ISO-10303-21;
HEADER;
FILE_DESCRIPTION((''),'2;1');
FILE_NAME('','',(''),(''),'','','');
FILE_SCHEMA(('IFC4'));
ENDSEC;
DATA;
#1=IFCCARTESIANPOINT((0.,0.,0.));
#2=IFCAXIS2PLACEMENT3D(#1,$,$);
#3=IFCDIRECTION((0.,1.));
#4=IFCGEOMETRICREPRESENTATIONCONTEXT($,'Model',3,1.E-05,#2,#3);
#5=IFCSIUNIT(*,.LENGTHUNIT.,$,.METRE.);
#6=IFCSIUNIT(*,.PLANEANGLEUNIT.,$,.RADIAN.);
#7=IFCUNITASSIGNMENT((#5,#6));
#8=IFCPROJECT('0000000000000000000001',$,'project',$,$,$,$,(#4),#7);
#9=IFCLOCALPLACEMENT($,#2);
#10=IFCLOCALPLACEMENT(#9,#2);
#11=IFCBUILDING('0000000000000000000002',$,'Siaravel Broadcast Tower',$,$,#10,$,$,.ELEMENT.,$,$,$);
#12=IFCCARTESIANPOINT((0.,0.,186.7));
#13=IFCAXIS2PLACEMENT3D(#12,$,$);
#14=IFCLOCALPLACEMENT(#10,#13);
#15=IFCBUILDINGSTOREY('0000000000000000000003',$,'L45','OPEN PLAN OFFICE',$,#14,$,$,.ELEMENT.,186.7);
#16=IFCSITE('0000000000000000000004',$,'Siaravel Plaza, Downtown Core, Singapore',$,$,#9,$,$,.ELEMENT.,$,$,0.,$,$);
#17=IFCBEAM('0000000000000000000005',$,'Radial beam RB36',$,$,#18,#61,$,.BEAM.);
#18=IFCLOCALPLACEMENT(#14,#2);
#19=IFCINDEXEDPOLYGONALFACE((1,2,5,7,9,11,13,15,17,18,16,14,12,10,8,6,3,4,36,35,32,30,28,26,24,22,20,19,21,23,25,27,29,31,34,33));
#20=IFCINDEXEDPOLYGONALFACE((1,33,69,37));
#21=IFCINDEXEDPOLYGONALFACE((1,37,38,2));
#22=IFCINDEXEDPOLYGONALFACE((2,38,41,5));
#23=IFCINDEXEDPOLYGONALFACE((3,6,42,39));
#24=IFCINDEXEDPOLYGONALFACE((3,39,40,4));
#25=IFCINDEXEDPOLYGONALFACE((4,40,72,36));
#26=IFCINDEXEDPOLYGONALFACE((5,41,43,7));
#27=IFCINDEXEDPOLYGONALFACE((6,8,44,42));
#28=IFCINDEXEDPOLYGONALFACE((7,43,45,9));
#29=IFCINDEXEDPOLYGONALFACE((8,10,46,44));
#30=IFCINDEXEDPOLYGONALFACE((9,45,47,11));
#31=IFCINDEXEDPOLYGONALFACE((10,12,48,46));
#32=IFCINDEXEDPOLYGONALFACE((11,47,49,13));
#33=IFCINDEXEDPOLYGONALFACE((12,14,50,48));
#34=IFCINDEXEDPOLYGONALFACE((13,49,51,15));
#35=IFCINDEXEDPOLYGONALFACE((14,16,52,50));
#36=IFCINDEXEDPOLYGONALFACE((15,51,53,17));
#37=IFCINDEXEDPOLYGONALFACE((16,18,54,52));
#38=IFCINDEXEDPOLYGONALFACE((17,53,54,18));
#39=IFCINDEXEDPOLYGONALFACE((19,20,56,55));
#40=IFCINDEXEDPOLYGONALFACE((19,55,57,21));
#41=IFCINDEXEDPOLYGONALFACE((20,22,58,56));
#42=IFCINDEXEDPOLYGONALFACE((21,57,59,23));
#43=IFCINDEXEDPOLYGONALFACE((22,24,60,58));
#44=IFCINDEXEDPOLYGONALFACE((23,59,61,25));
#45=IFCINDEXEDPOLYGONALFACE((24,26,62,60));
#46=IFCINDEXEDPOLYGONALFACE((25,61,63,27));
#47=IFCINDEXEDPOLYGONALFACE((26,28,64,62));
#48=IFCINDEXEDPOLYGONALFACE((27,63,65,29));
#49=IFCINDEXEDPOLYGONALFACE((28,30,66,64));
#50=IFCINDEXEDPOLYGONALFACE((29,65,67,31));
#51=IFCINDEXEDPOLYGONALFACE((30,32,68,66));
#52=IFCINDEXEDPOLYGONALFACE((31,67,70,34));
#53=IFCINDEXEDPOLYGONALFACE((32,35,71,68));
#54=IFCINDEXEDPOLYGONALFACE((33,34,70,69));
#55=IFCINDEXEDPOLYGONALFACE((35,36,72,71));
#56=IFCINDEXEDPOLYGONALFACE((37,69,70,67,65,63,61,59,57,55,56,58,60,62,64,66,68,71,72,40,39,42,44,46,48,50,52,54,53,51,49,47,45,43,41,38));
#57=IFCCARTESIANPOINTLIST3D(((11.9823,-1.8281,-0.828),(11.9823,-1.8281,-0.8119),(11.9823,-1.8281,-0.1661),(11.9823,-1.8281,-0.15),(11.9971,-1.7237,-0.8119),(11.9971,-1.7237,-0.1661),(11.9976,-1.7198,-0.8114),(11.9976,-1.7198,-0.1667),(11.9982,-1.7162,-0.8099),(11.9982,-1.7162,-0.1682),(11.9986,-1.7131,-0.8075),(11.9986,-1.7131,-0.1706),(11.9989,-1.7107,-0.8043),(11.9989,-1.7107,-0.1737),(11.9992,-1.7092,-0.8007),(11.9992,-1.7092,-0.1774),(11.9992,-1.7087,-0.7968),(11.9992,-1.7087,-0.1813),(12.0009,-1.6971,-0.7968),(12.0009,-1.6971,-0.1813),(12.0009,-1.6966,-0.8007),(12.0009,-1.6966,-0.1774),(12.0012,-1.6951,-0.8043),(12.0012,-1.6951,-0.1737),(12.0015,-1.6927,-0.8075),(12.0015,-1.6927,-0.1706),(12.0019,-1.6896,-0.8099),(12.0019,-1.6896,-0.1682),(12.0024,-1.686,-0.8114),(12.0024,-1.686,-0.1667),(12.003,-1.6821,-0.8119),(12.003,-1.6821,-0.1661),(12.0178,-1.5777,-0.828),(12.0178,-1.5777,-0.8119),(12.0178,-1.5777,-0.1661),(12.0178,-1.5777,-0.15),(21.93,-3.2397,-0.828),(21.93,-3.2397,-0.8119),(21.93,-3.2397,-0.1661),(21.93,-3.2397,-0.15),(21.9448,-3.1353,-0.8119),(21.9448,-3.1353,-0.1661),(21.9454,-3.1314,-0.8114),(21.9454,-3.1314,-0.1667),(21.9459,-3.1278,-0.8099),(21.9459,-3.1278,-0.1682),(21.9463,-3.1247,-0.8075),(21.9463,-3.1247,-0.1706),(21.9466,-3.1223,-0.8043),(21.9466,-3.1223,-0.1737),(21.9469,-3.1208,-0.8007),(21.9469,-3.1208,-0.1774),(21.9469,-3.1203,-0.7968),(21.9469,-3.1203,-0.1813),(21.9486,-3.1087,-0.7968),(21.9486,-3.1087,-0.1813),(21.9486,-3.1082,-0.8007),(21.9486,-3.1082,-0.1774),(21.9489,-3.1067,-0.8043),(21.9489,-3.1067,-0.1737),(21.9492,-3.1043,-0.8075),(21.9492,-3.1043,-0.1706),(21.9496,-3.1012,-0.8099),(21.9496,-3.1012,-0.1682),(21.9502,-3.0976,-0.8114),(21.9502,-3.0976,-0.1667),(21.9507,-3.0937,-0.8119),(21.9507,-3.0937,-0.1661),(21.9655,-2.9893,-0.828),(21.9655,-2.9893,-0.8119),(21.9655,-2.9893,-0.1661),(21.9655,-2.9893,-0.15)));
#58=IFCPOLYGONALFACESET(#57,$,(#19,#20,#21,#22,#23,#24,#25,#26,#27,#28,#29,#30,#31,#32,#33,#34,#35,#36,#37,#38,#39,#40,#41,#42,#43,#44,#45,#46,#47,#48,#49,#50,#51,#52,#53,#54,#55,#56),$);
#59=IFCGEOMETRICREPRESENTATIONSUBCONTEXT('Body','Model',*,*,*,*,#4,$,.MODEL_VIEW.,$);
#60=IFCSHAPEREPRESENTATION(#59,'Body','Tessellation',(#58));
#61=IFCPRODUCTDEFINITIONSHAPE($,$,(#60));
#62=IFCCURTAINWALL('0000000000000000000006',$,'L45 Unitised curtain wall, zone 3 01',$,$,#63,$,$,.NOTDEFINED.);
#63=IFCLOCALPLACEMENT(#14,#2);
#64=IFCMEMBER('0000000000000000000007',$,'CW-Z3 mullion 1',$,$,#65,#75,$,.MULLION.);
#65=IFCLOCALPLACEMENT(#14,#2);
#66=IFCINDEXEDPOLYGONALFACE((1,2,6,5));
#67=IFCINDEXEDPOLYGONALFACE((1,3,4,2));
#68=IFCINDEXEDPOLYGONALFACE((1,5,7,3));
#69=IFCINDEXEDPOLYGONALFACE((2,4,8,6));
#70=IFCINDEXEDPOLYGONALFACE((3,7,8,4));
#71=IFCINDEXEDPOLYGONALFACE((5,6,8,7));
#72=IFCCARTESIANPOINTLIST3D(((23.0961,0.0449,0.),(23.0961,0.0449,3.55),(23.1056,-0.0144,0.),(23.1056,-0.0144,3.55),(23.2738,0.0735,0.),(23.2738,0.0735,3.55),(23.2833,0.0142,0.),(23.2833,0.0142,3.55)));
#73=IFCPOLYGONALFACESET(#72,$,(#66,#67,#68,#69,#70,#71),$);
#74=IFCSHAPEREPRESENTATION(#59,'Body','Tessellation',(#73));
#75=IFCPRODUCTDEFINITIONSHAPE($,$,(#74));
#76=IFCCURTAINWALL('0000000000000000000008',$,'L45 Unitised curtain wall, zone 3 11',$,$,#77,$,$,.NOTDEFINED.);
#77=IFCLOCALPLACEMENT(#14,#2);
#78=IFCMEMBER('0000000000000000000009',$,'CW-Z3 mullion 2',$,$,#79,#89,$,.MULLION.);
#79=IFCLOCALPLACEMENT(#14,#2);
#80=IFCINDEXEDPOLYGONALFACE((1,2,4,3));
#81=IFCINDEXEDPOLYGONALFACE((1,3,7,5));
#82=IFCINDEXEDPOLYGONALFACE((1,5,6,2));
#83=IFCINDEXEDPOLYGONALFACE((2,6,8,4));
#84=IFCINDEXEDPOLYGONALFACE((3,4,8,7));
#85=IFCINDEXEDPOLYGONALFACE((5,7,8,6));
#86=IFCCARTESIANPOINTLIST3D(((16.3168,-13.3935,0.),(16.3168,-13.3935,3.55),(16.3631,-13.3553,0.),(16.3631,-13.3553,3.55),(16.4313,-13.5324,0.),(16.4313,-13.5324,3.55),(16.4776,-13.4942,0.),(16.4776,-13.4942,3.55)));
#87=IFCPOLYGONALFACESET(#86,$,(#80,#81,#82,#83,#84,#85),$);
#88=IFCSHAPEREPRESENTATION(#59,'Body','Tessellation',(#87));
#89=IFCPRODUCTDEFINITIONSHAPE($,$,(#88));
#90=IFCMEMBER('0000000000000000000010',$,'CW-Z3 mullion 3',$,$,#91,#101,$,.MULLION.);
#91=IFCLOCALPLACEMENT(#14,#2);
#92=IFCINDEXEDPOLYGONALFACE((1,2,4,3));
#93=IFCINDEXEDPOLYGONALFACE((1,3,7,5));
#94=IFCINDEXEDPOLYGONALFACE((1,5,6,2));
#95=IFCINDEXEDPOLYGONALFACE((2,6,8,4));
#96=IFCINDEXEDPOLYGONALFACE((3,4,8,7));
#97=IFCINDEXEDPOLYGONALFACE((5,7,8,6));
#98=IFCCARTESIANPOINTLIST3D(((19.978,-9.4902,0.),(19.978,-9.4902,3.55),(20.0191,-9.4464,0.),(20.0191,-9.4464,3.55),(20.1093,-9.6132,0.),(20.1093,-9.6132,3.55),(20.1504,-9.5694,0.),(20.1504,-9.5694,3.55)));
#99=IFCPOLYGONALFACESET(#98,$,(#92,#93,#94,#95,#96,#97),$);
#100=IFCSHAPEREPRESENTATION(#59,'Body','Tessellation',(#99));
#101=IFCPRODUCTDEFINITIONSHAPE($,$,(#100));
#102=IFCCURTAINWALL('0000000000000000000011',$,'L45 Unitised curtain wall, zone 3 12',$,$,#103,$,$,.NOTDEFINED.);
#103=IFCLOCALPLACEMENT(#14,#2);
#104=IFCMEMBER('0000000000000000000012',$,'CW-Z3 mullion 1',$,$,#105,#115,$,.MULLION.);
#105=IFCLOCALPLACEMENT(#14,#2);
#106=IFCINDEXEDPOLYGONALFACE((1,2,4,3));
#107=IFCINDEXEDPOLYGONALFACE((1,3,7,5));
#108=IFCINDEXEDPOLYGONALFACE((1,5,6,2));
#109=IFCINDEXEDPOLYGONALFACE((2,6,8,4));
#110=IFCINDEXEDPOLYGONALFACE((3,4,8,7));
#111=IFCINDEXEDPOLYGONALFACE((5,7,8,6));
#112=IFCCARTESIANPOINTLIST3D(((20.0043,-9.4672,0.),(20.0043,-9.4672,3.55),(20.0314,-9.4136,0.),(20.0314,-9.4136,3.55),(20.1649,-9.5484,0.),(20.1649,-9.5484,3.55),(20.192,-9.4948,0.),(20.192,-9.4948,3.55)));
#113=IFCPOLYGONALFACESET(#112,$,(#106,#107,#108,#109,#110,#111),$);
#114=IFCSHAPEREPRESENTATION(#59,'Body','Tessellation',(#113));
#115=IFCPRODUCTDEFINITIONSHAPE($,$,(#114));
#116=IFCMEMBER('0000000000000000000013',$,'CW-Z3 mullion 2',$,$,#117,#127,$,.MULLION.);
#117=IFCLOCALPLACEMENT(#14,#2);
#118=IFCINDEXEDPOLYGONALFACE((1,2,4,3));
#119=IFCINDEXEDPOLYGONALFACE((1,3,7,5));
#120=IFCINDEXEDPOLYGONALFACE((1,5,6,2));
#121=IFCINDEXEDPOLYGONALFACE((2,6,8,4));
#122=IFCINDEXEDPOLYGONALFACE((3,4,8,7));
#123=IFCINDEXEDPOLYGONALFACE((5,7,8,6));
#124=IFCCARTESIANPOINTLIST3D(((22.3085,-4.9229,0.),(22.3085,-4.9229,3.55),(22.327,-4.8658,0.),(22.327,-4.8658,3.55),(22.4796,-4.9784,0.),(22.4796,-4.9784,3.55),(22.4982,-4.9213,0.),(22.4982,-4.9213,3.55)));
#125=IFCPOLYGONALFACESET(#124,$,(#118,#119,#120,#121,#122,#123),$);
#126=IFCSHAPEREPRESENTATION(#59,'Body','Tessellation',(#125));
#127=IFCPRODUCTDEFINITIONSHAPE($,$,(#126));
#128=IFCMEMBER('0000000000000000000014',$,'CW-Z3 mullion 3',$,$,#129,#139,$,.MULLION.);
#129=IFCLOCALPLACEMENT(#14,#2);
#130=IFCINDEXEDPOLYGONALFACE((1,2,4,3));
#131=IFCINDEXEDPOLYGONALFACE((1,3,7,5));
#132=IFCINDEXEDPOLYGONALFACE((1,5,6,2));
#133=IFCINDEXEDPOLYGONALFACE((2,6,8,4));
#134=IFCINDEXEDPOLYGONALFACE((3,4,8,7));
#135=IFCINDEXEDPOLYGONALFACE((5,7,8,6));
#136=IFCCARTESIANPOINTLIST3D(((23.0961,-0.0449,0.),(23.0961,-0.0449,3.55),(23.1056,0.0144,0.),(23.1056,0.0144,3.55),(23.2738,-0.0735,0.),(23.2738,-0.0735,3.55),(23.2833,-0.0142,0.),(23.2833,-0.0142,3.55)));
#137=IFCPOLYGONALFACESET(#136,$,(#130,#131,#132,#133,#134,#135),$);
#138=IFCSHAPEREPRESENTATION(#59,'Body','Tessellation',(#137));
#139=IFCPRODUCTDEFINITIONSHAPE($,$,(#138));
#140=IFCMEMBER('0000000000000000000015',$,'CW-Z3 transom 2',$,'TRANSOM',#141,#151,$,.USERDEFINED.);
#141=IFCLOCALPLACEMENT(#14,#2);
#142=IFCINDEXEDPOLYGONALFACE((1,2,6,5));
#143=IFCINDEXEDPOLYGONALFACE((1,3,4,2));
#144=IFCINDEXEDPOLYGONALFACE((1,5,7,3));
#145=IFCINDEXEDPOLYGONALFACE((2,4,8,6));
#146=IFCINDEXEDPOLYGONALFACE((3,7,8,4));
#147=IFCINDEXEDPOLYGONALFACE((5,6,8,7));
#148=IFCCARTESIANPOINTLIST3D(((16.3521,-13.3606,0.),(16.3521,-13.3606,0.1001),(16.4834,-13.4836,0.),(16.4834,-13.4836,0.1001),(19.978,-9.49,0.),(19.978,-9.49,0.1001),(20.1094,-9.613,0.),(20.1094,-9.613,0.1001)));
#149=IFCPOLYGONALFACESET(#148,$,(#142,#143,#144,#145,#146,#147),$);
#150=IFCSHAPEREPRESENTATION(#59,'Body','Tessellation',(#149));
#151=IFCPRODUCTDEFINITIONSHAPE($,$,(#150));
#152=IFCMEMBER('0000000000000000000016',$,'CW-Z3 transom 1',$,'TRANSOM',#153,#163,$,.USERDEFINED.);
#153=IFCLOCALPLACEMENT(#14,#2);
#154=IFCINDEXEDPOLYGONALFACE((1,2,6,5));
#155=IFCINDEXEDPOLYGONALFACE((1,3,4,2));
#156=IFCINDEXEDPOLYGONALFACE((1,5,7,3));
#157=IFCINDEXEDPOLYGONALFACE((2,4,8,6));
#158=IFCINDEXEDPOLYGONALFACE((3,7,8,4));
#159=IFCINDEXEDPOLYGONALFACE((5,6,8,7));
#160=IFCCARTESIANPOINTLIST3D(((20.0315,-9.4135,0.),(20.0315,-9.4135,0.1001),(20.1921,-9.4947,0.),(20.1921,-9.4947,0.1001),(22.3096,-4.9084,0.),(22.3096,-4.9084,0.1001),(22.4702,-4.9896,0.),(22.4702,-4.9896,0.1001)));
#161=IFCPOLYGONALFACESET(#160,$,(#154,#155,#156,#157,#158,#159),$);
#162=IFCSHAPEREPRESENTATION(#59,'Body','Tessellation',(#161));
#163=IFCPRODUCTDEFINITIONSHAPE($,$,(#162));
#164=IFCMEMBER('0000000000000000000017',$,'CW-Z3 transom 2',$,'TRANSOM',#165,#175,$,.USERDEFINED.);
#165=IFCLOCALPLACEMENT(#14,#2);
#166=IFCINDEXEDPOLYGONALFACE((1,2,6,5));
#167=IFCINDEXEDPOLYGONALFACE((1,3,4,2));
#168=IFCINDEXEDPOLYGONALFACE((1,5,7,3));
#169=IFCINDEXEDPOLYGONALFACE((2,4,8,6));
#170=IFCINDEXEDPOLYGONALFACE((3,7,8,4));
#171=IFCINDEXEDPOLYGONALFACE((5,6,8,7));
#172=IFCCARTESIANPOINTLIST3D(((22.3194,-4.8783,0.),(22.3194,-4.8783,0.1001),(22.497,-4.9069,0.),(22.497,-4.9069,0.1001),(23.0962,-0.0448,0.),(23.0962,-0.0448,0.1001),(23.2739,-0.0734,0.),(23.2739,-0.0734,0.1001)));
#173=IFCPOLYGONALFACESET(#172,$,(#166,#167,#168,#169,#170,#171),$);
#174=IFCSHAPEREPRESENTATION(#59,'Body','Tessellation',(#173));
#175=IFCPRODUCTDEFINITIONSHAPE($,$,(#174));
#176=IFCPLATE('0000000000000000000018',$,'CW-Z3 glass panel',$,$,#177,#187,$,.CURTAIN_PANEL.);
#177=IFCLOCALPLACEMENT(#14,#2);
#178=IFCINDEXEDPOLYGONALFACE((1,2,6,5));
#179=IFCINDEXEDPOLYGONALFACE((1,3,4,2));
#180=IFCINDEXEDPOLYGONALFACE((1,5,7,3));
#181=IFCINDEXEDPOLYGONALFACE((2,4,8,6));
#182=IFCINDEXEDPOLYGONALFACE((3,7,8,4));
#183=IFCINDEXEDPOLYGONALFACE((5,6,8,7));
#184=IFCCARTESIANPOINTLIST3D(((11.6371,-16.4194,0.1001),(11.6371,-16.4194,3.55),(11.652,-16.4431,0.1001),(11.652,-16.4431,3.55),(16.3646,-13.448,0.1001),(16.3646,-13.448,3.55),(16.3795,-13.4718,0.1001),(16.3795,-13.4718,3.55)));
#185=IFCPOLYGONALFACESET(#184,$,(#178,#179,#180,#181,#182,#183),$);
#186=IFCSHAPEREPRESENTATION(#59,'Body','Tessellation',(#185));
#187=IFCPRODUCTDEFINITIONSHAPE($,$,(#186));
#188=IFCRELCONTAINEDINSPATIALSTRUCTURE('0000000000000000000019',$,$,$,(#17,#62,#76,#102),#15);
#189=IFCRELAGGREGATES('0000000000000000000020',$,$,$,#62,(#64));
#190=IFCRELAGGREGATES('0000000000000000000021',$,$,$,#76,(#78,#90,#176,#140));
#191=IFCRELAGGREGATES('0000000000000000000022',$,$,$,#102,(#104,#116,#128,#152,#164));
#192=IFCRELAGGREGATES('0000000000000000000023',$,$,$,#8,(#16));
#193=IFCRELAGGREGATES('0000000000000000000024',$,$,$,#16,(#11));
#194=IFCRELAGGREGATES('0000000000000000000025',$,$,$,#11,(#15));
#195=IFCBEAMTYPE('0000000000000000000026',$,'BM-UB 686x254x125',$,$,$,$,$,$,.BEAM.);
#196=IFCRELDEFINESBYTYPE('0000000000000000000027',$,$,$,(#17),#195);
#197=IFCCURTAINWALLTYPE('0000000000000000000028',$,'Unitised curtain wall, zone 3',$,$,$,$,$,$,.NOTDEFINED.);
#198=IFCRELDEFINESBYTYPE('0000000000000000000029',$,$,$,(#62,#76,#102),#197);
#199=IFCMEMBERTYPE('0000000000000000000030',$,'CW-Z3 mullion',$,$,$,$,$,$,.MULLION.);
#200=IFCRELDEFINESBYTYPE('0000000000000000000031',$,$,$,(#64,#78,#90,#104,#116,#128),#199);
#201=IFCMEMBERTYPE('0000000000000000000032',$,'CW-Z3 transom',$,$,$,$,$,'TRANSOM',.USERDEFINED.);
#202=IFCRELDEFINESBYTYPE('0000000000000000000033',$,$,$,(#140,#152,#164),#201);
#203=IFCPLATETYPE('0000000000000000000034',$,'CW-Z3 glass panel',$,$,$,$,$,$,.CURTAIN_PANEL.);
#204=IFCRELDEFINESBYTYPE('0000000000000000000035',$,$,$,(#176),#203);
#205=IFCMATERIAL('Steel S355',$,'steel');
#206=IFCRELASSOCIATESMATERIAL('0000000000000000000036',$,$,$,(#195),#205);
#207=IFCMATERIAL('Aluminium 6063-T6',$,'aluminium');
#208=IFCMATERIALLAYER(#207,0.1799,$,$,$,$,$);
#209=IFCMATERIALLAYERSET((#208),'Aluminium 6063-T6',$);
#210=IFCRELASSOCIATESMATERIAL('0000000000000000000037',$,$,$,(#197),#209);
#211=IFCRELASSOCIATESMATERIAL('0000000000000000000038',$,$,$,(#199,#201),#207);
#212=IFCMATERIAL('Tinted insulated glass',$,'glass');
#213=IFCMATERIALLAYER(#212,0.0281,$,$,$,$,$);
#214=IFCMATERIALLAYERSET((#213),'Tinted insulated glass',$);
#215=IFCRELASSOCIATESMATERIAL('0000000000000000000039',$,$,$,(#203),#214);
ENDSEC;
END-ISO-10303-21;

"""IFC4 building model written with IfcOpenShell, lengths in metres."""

from ifc_helpers import new_model, si_unit, direction, frame, origin, origin_2d, place, context, subcontext, project, spatial, rectangle, i_section, extrude, material, layer, layer_set, material_profile, profile_set, type_object, element, aggregate, save


model = new_model("IFC4")

# Units and contexts
model_context = context("Model", 3, precision=1e-05, world=origin(), true_north=direction((0.0, 1.0)))
body_context = subcontext(model_context, "Body", "Model", "MODEL_VIEW")
ifc_project = project(units=[si_unit("LENGTHUNIT", "METRE"), si_unit("PLANEANGLEUNIT", "RADIAN")], contexts=[model_context])

# Site, building, storey
site_placement = place(None, origin())
site = spatial("IfcSite", under=ifc_project, at=site_placement, Name="Siaravel Plaza, Downtown Core, Singapore", CompositionType="ELEMENT", RefElevation=0.0)
building_placement = place(site_placement, origin())
building = spatial("IfcBuilding", under=site, at=building_placement, Name="Siaravel Broadcast Tower", CompositionType="ELEMENT")
storey_placement = place(building_placement, frame((0.0, 0.0, 186.7)))
storey = spatial("IfcBuildingStorey", under=building, at=storey_placement, Name="L45", Description="OPEN PLAN OFFICE", CompositionType="ELEMENT", Elevation=186.7)

# Beam
ifc_material_1 = material(Name="Steel S355", Category="steel")
ifc_material_profile_1 = material_profile(ifc_material_1, i_section(OverallWidth=0.2529, OverallDepth=0.678, WebThickness=0.0117, FlangeThickness=0.0161, FilletRadius=0.0151, at=origin_2d()))
ifc_profile_set_1 = profile_set([ifc_material_profile_1], Name="Steel S355")
beam_type = type_object("IfcBeamType", Name="BM-UB 686x254x125", PredefinedType="BEAM", material=ifc_profile_set_1)
beam_1_placement = place(storey_placement, frame((21.9478, -3.1145, -0.489), z_axis=(-0.990081, 0.140496, 0.0), x_axis=(-0.140496, -0.990081, 0.0)))
element("IfcBeam", 1, at=beam_1_placement, inside=storey, type_object=beam_type, Name="Radial beam RB36", PredefinedType="BEAM", context=body_context, shape_type="SweptSolid", body=[
    extrude(i_section(OverallWidth=0.2529, OverallDepth=0.678, WebThickness=0.0117, FlangeThickness=0.0161, FilletRadius=0.0151, at=origin_2d()), origin(), (0.0, 0.0, 1.0), 10.0474),
])

# Curtain wall, member
ifc_material_2 = material(Name="Aluminium 6063-T6", Category="aluminium")
ifc_layer_1 = layer(ifc_material_2, 0.1799)
ifc_layer_set_1 = layer_set([ifc_layer_1], Name="Aluminium 6063-T6")
curtain_wall_type = type_object("IfcCurtainWallType", Name="Unitised curtain wall, zone 3", PredefinedType="NOTDEFINED", material=ifc_layer_set_1)
curtain_wall_1_placement = place(storey_placement, origin())
curtain_wall_1 = element("IfcCurtainWall", 2, at=curtain_wall_1_placement, inside=storey, type_object=curtain_wall_type, Name="L45 Unitised curtain wall, zone 3 01", PredefinedType="NOTDEFINED")
ifc_material_profile_2 = material_profile(ifc_material_2, rectangle(XDim=0.1799, YDim=0.0601, at=origin_2d()))
ifc_profile_set_2 = profile_set([ifc_material_profile_2], Name="Aluminium 6063-T6")
member_type_1 = type_object("IfcMemberType", Name="CW-Z3 mullion", PredefinedType="MULLION", material=ifc_profile_set_2)
member_1_placement = place(storey_placement, frame((23.1897, 0.0295, 0.0), z_axis=(0.0, 0.0, 1.0), x_axis=(-0.987329, -0.158686, 0.0)))
member_1 = element("IfcMember", 3, at=member_1_placement, type_object=member_type_1, Name="CW-Z3 mullion 1", PredefinedType="MULLION", context=body_context, shape_type="SweptSolid", body=[
    extrude(rectangle(XDim=0.1799, YDim=0.0601, at=origin_2d()), origin(), (0.0, 0.0, 1.0), 3.55),
])
aggregate(curtain_wall_1, [member_1])

# Curtain walls, members
curtain_wall_2_placement = place(storey_placement, origin())
curtain_wall_2 = element("IfcCurtainWall", 4, at=curtain_wall_2_placement, inside=storey, type_object=curtain_wall_type, Name="L45 Unitised curtain wall, zone 3 11", PredefinedType="NOTDEFINED")
member_2_placement = place(storey_placement, frame((16.3972, -13.4438, 0.0), z_axis=(0.0, 0.0, 1.0), x_axis=(-0.636218, 0.771509, 0.0)))
member_2 = element("IfcMember", 5, at=member_2_placement, type_object=member_type_1, Name="CW-Z3 mullion 2", PredefinedType="MULLION", context=body_context, shape_type="SweptSolid", body=[
    extrude(rectangle(XDim=0.1799, YDim=0.0601, at=origin_2d()), origin(), (0.0, 0.0, 1.0), 3.55),
])
member_3_placement = place(storey_placement, frame((20.0642, -9.5298, 0.0), z_axis=(0.0, 0.0, 1.0), x_axis=(-0.729805, 0.683655, 0.0)))
member_3 = element("IfcMember", 6, at=member_3_placement, type_object=member_type_1, Name="CW-Z3 mullion 3", PredefinedType="MULLION", context=body_context, shape_type="SweptSolid", body=[
    extrude(rectangle(XDim=0.1799, YDim=0.0601, at=origin_2d()), origin(), (0.0, 0.0, 1.0), 3.55),
])
curtain_wall_3_placement = place(storey_placement, origin())
curtain_wall_3 = element("IfcCurtainWall", 7, at=curtain_wall_3_placement, inside=storey, type_object=curtain_wall_type, Name="L45 Unitised curtain wall, zone 3 12", PredefinedType="NOTDEFINED")
member_4_placement = place(storey_placement, frame((20.0981, -9.481, 0.0), z_axis=(0.0, 0.0, 1.0), x_axis=(-0.892392, 0.451261, 0.0)))
member_4 = element("IfcMember", 8, at=member_4_placement, type_object=member_type_1, Name="CW-Z3 mullion 1", PredefinedType="MULLION", context=body_context, shape_type="SweptSolid", body=[
    extrude(rectangle(XDim=0.1799, YDim=0.0601, at=origin_2d()), origin(), (0.0, 0.0, 1.0), 3.55),
])
member_5_placement = place(storey_placement, frame((22.4033, -4.9221, 0.0), z_axis=(0.0, 0.0, 1.0), x_axis=(-0.951177, 0.308645, 0.0)))
member_5 = element("IfcMember", 9, at=member_5_placement, type_object=member_type_1, Name="CW-Z3 mullion 2", PredefinedType="MULLION", context=body_context, shape_type="SweptSolid", body=[
    extrude(rectangle(XDim=0.1799, YDim=0.0601, at=origin_2d()), origin(), (0.0, 0.0, 1.0), 3.55),
])
member_6_placement = place(storey_placement, frame((23.1897, -0.0295, 0.0), z_axis=(0.0, 0.0, 1.0), x_axis=(-0.987329, 0.158686, 0.0)))
member_6 = element("IfcMember", 10, at=member_6_placement, type_object=member_type_1, Name="CW-Z3 mullion 3", PredefinedType="MULLION", context=body_context, shape_type="SweptSolid", body=[
    extrude(rectangle(XDim=0.1799, YDim=0.0601, at=origin_2d()), origin(), (0.0, 0.0, 1.0), 3.55),
])

# Members
ifc_material_profile_3 = material_profile(ifc_material_2, rectangle(XDim=0.1799, YDim=0.1001, at=origin_2d()))
ifc_profile_set_3 = profile_set([ifc_material_profile_3], Name="Aluminium 6063-T6")
member_type_2 = type_object("IfcMemberType", Name="CW-Z3 transom", ElementType="TRANSOM", PredefinedType="USERDEFINED", material=ifc_profile_set_3)
member_7_placement = place(storey_placement, frame((16.4177, -13.4221, 0.05), z_axis=(0.683669, 0.729793, 0.0), x_axis=(-0.729793, 0.683669, 0.0)))
member_7 = element("IfcMember", 11, at=member_7_placement, type_object=member_type_2, Name="CW-Z3 transom 2", ObjectType="TRANSOM", PredefinedType="USERDEFINED", context=body_context, shape_type="SweptSolid", body=[
    extrude(rectangle(XDim=0.1799, YDim=0.1001, at=origin_2d()), origin(), (0.0, 0.0, 1.0), 5.3037),
])
member_8_placement = place(storey_placement, frame((20.1118, -9.4541, 0.05), z_axis=(0.451252, 0.892397, 0.0), x_axis=(-0.892397, 0.451252, 0.0)))
member_8 = element("IfcMember", 12, at=member_8_placement, type_object=member_type_2, Name="CW-Z3 transom 1", ObjectType="TRANSOM", PredefinedType="USERDEFINED", context=body_context, shape_type="SweptSolid", body=[
    extrude(rectangle(XDim=0.1799, YDim=0.1001, at=origin_2d()), origin(), (0.0, 0.0, 1.0), 5.0483),
])
member_9_placement = place(storey_placement, frame((22.4082, -4.8926, 0.05), z_axis=(0.158687, 0.987329, 0.0), x_axis=(-0.987329, 0.158687, 0.0)))
member_9 = element("IfcMember", 13, at=member_9_placement, type_object=member_type_2, Name="CW-Z3 transom 2", ObjectType="TRANSOM", PredefinedType="USERDEFINED", context=body_context, shape_type="SweptSolid", body=[
    extrude(rectangle(XDim=0.1799, YDim=0.1001, at=origin_2d()), origin(), (0.0, 0.0, 1.0), 4.8955),
])

# Plate
ifc_material_3 = material(Name="Tinted insulated glass", Category="glass")
ifc_layer_2 = layer(ifc_material_3, 0.0281)
ifc_layer_set_2 = layer_set([ifc_layer_2], Name="Tinted insulated glass")
plate_type = type_object("IfcPlateType", Name="CW-Z3 glass panel", PredefinedType="CURTAIN_PANEL", material=ifc_layer_set_2)
plate_1_placement = place(storey_placement, frame((14.0083, -14.9456, 0.1001), z_axis=(0.0, 0.0, 1.0), x_axis=(0.846651, 0.532149, 0.0)))
plate_1 = element("IfcPlate", 14, at=plate_1_placement, type_object=plate_type, Name="CW-Z3 glass panel", PredefinedType="CURTAIN_PANEL", context=body_context, shape_type="SweptSolid", body=[
    extrude(rectangle(XDim=5.5837, YDim=0.0281, at=origin_2d()), origin(), (0.0, 0.0, 1.0), 3.45),
])
aggregate(curtain_wall_2, [member_2, member_3, plate_1, member_7])
aggregate(curtain_wall_3, [member_4, member_5, member_6, member_8, member_9])

save(model, "model.ifc")
